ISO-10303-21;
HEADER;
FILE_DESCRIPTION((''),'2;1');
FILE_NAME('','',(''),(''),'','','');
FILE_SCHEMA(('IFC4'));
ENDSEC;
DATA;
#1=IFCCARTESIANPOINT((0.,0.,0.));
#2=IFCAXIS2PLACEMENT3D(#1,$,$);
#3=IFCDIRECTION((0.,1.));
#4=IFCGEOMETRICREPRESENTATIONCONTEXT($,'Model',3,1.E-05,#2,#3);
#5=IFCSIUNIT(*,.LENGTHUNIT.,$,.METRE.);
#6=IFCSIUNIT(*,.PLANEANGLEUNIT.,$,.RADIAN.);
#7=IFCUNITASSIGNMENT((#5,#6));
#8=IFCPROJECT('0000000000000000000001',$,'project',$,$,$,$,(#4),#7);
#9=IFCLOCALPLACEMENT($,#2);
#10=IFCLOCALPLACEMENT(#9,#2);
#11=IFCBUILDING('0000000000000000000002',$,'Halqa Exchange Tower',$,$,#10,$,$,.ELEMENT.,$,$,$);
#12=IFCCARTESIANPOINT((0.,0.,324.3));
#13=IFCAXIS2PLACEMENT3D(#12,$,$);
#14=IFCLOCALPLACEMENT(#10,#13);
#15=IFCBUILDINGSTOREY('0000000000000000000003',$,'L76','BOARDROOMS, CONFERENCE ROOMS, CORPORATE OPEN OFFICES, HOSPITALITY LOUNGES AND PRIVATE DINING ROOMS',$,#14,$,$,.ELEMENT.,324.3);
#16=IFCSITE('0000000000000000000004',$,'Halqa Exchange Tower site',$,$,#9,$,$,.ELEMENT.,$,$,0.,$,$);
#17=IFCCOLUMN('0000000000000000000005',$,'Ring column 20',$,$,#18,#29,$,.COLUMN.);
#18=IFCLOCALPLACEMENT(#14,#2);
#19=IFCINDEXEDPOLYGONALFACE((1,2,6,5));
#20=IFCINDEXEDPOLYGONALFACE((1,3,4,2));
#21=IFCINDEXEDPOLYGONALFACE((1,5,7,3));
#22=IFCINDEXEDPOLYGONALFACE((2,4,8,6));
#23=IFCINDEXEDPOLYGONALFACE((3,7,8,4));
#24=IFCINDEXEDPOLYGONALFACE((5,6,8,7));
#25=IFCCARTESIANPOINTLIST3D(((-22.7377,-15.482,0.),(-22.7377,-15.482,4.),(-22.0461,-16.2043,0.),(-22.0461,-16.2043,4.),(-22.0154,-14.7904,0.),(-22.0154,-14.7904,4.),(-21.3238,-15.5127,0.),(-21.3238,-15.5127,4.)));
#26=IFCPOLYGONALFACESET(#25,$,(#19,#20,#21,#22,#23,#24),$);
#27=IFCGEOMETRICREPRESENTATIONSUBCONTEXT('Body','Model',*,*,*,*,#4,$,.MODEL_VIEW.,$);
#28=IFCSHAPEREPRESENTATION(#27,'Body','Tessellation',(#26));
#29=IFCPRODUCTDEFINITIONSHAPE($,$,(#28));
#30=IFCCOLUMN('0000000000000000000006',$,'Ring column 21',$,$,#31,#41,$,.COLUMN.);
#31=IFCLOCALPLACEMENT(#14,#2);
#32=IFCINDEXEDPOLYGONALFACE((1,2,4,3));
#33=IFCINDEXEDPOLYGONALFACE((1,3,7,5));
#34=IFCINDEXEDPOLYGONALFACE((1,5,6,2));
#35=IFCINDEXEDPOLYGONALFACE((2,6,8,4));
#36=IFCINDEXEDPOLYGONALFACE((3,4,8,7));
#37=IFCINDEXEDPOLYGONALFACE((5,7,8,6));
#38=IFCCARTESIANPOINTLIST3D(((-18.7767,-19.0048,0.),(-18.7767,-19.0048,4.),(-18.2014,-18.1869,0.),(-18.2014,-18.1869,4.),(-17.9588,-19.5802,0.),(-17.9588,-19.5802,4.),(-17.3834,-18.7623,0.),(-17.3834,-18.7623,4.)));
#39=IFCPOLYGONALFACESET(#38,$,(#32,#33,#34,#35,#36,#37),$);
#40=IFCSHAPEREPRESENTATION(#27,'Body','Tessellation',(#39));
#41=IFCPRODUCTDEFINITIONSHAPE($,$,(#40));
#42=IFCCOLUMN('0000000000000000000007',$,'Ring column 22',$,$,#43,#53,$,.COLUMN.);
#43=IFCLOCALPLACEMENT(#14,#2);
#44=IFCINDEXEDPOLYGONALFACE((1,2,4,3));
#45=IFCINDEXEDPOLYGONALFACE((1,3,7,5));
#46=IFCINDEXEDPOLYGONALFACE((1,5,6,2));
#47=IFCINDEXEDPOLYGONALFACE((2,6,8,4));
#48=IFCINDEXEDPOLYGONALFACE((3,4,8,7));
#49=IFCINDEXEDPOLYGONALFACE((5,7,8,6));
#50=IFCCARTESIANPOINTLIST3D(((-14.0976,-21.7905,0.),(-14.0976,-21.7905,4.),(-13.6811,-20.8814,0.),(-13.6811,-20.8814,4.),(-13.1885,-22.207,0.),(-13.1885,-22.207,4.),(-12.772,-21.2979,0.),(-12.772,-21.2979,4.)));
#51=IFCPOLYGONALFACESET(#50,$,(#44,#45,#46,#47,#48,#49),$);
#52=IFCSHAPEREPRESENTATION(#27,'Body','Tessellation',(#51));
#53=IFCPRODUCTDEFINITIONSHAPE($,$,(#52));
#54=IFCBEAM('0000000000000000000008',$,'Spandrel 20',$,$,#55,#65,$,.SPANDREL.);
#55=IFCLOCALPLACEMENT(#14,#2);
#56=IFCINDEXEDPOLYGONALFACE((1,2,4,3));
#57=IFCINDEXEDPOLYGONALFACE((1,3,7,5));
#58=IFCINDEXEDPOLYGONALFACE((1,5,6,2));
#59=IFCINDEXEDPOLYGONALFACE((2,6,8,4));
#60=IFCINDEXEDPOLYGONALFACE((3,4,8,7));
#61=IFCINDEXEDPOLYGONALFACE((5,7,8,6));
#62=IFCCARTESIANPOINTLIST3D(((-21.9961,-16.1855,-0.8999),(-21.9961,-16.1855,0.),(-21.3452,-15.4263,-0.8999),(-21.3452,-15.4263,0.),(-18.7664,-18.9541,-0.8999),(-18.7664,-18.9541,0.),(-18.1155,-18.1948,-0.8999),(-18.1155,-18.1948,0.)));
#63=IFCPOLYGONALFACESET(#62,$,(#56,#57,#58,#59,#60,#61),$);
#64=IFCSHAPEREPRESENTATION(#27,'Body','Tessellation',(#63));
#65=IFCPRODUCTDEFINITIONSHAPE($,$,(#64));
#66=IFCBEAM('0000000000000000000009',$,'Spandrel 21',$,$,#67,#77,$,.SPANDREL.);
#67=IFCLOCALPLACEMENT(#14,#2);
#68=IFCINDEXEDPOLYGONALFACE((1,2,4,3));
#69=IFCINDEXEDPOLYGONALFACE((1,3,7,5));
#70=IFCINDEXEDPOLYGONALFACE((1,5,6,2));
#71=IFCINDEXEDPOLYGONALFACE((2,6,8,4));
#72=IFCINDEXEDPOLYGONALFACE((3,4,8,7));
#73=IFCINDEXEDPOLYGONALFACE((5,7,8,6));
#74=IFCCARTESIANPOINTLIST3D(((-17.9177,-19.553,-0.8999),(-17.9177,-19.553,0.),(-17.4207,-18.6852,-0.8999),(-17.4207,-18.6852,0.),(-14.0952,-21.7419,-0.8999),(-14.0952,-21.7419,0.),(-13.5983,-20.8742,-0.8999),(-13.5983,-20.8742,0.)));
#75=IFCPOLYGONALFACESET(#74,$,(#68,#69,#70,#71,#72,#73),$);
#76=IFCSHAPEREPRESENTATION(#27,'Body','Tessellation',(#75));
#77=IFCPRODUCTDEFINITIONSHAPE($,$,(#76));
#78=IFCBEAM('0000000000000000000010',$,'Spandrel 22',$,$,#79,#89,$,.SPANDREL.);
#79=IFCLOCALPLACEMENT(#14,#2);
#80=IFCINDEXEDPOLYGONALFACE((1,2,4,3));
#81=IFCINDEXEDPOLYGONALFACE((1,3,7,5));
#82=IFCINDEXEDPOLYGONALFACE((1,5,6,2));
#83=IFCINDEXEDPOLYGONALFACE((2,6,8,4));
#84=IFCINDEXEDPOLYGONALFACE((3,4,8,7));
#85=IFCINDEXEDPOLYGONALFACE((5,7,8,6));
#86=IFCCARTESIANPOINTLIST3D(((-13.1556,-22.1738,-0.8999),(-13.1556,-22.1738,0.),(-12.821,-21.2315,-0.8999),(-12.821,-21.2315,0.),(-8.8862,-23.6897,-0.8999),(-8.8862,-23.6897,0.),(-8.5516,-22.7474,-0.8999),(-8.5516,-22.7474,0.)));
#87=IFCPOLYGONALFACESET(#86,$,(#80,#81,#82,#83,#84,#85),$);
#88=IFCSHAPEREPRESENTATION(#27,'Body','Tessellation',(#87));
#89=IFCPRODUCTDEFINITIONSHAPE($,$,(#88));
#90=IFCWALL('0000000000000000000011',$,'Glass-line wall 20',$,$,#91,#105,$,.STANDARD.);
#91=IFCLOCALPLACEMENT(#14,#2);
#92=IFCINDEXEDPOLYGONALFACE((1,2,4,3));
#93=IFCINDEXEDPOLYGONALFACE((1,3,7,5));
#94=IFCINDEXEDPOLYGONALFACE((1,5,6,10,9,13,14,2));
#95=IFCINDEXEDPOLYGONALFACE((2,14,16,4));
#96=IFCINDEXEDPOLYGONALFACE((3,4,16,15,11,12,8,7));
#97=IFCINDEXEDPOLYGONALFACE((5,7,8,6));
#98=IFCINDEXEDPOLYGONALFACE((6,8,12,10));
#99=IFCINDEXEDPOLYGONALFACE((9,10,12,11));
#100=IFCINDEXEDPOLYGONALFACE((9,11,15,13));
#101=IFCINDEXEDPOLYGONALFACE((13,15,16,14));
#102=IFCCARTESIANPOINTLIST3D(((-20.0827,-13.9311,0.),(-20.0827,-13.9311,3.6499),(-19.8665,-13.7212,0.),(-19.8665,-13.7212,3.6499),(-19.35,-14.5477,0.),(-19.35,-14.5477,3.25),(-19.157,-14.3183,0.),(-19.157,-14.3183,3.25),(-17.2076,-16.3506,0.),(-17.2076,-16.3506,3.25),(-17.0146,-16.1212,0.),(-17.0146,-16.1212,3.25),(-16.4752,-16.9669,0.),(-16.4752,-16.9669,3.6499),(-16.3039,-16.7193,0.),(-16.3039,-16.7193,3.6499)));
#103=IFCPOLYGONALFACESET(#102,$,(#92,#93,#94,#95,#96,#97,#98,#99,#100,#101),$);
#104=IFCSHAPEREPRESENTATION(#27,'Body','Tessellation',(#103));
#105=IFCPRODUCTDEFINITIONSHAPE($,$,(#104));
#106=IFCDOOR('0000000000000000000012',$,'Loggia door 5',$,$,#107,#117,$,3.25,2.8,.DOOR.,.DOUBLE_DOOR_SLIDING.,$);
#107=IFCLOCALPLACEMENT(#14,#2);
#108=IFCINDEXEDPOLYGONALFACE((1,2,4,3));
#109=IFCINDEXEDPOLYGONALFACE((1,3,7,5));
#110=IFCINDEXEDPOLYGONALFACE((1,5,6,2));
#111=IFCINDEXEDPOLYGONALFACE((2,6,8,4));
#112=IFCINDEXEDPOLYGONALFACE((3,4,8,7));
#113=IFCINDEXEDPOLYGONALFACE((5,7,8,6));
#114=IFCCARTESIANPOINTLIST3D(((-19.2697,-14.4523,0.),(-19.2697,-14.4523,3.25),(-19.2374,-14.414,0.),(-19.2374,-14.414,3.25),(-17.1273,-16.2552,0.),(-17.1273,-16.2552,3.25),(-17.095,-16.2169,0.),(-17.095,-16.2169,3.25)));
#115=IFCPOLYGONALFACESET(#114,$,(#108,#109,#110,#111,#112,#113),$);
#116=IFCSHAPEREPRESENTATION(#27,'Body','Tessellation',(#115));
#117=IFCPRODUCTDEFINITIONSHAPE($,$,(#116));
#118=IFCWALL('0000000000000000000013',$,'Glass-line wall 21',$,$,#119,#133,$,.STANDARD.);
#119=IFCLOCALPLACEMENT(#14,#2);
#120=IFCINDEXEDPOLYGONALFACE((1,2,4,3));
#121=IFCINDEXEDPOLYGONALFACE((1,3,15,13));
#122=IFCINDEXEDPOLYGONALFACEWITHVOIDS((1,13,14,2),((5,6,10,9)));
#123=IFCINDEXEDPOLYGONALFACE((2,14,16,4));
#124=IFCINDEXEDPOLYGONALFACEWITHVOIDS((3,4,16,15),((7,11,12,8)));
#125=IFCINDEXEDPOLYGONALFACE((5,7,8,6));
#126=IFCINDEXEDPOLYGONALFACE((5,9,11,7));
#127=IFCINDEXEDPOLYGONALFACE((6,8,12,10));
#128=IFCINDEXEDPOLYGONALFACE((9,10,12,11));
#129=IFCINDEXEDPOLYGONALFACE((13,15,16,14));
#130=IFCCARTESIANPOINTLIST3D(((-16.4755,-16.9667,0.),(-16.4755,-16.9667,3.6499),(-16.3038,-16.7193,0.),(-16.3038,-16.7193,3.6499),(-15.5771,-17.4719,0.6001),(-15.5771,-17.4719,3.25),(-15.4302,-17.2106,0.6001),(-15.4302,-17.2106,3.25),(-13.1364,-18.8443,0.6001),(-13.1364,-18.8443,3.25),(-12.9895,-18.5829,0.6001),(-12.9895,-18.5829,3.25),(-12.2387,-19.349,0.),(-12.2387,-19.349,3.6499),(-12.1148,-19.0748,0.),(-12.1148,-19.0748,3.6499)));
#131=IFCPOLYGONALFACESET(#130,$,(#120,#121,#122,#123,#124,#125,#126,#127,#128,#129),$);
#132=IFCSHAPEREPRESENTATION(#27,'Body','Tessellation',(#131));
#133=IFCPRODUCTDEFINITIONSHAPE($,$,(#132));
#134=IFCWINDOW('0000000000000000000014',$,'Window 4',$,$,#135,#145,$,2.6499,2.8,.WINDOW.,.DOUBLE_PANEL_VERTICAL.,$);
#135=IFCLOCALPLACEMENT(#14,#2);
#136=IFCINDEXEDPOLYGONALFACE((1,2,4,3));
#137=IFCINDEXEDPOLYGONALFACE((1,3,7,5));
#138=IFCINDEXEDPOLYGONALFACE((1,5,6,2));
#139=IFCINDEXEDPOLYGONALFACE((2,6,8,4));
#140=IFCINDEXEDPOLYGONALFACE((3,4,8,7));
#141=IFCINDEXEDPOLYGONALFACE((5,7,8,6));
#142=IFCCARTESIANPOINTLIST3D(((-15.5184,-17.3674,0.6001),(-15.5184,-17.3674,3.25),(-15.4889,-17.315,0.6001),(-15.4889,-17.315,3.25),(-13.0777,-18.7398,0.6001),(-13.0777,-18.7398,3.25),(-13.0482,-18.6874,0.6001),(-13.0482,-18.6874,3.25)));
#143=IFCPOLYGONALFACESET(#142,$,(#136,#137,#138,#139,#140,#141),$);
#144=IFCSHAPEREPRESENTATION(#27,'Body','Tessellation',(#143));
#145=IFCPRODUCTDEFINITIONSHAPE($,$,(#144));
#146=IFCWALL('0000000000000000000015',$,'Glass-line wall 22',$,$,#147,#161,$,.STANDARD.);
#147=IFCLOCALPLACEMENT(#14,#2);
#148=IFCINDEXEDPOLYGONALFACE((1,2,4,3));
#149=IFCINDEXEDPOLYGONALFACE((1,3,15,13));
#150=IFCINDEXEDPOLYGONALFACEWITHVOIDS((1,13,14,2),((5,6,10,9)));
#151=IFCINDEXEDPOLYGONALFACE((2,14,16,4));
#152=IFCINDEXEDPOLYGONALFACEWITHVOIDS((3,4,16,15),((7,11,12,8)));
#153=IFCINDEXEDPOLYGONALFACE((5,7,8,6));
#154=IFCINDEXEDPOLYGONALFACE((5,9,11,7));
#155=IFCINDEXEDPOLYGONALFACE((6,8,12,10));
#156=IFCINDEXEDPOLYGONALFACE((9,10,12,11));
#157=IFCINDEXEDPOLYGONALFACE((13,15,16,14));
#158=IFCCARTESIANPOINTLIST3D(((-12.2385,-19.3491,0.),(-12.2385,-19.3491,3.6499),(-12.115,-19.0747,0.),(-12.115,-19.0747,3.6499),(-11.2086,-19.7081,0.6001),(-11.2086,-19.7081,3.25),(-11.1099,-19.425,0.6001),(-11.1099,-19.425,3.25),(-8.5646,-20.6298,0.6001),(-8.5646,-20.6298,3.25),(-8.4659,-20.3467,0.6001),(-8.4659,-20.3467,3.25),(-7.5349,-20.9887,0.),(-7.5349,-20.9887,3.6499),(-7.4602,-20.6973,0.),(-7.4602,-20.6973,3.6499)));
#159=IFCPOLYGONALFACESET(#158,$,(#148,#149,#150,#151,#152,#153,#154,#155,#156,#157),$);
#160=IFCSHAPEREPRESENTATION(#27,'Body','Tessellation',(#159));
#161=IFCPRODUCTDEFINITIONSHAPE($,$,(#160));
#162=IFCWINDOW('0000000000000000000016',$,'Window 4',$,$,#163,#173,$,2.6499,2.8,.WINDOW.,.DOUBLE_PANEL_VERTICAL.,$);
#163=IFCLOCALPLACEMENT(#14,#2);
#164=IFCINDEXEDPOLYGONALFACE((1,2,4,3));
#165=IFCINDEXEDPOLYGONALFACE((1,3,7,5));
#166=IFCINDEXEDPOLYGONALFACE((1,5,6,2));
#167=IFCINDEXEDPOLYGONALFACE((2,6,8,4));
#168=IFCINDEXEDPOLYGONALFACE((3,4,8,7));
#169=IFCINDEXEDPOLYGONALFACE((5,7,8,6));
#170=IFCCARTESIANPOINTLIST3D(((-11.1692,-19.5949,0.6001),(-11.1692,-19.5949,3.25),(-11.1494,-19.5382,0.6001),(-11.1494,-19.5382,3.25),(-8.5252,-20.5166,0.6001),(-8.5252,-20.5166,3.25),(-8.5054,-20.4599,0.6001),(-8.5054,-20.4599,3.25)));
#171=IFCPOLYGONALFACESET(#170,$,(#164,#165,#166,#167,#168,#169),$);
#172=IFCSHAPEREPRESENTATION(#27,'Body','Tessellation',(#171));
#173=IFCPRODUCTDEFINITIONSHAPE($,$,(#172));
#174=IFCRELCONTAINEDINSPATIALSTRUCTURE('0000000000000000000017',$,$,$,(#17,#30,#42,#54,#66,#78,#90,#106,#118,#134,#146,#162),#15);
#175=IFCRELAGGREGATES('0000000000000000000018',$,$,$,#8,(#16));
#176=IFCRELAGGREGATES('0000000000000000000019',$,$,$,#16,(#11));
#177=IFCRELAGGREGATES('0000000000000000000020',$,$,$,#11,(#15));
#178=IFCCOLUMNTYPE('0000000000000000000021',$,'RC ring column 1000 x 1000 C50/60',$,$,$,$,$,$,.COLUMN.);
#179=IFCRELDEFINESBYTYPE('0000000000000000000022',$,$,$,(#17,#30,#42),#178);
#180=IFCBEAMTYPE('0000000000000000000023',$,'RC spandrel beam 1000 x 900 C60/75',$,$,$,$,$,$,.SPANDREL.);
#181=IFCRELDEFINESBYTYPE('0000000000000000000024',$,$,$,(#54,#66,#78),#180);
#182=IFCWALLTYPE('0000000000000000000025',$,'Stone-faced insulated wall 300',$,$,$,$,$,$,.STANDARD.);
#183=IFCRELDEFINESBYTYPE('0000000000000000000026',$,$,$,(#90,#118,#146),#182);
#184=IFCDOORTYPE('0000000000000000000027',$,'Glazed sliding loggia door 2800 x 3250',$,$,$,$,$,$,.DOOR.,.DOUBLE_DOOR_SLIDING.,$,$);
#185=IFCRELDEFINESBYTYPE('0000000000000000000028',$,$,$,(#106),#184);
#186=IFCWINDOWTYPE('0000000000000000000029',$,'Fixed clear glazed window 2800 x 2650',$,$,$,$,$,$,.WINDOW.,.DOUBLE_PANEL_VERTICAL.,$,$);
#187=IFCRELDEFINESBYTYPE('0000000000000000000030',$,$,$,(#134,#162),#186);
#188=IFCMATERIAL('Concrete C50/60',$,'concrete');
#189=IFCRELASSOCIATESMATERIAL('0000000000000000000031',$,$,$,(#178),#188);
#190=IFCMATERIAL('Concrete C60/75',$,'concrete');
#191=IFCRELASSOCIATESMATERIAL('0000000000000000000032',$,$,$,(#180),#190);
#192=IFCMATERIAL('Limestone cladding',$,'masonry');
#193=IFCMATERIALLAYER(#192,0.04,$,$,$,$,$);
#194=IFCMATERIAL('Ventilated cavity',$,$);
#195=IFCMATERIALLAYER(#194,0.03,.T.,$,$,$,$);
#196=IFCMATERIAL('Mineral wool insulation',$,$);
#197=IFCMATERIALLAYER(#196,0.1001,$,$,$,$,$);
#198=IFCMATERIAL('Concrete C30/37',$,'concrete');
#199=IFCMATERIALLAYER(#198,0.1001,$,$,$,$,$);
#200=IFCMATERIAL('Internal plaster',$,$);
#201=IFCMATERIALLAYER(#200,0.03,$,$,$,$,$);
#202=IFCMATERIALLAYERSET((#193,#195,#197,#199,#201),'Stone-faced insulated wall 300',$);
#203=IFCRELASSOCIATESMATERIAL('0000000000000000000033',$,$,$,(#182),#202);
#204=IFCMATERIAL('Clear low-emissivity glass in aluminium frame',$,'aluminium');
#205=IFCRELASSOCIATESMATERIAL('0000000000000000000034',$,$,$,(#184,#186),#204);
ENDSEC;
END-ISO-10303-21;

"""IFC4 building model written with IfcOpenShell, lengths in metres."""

from ifc_helpers import new_model, si_unit, direction, frame, frame_2d, origin, origin_2d, place, context, subcontext, project, spatial, polyline, rectangle, outline, extrude, material, layer, layer_set, material_profile, profile_set, type_object, element, fill, save


model = new_model("IFC4")

# Units and contexts
model_context = context("Model", 3, precision=1e-05, world=origin(), true_north=direction((0.0, 1.0)))
body_context = subcontext(model_context, "Body", "Model", "MODEL_VIEW")
ifc_project = project(units=[si_unit("LENGTHUNIT", "METRE"), si_unit("PLANEANGLEUNIT", "RADIAN")], contexts=[model_context])

# Site, building, storey
site_placement = place(None, origin())
site = spatial("IfcSite", under=ifc_project, at=site_placement, Name="Halqa Exchange Tower site", CompositionType="ELEMENT", RefElevation=0.0)
building_placement = place(site_placement, origin())
building = spatial("IfcBuilding", under=site, at=building_placement, Name="Halqa Exchange Tower", CompositionType="ELEMENT")
storey_placement = place(building_placement, frame((0.0, 0.0, 324.3)))
storey = spatial("IfcBuildingStorey", under=building, at=storey_placement, Name="L76", Description="BOARDROOMS, CONFERENCE ROOMS, CORPORATE OPEN OFFICES, HOSPITALITY LOUNGES AND PRIVATE DINING ROOMS", CompositionType="ELEMENT", Elevation=324.3)

# Columns
ifc_material_1 = material(Name="Concrete C50/60", Category="concrete")
ifc_material_profile_1 = material_profile(ifc_material_1, rectangle(XDim=1.0, YDim=1.0, at=origin_2d()), Name="1000 x 1000")
ifc_profile_set_1 = profile_set([ifc_material_profile_1], Name="Concrete C50/60")
column_type = type_object("IfcColumnType", Name="RC ring column 1000 x 1000 C50/60", PredefinedType="COLUMN", material=ifc_profile_set_1)
for number, where, z_axis, x_axis, name in (
    (1, (-22.0308, -15.4973, 0.0), (0.0, 0.0, 1.0), (0.691579, -0.722301, 0.0), "Ring column 20"),
    (2, (-18.0801, -18.8835, 0.0), (0.0, 0.0, 1.0), (0.817907, -0.575351, 0.0), "Ring column 21"),
    (3, (-13.4348, -21.5442, 0.0), (0.0, 0.0, 1.0), (0.909129, -0.416516, 0.0), "Ring column 22"),
):
    element("IfcColumn", number, at=place(storey_placement, frame(where, z_axis=z_axis, x_axis=x_axis)), inside=storey, type_object=column_type, Name=name, PredefinedType="COLUMN", context=body_context, shape_type="SweptSolid", body=[
        extrude(rectangle(XDim=1.0, YDim=1.0, at=origin_2d()), origin(), (0.0, 0.0, 1.0), 4.0),
    ])

# Beams
ifc_material_2 = material(Name="Concrete C60/75", Category="concrete")
ifc_material_profile_2 = material_profile(ifc_material_2, rectangle(XDim=1.0, YDim=0.8999, at=origin_2d()), Name="1000 x 900")
ifc_profile_set_2 = profile_set([ifc_material_profile_2], Name="Concrete C60/75")
beam_type = type_object("IfcBeamType", Name="RC spandrel beam 1000 x 900 C60/75", PredefinedType="SPANDREL", material=ifc_profile_set_2)
beam_1_placement = place(storey_placement, frame((-21.6707, -15.8059, -0.45), z_axis=(0.759232, -0.65082, 0.0), x_axis=(0.65082, 0.759232, 0.0)))
element("IfcBeam", 4, at=beam_1_placement, inside=storey, type_object=beam_type, Name="Spandrel 20", PredefinedType="SPANDREL", context=body_context, shape_type="SweptSolid", body=[
    extrude(rectangle(XDim=1.0, YDim=0.8999, at=origin_2d()), origin(), (0.0, 0.0, 1.0), 4.2539),
])
beam_2_placement = place(storey_placement, frame((-17.6692, -19.1191, -0.45), z_axis=(0.867786, -0.496939, 0.0), x_axis=(0.496939, 0.867786, 0.0)))
element("IfcBeam", 5, at=beam_2_placement, inside=storey, type_object=beam_type, Name="Spandrel 21", PredefinedType="SPANDREL", context=body_context, shape_type="SweptSolid", body=[
    extrude(rectangle(XDim=1.0, YDim=0.8999, at=origin_2d()), origin(), (0.0, 0.0, 1.0), 4.4048),
])
beam_3_placement = place(storey_placement, frame((-12.9883, -21.7026, -0.45), z_axis=(0.942361, -0.334598, 0.0), x_axis=(0.334598, 0.942361, 0.0)))
element("IfcBeam", 6, at=beam_3_placement, inside=storey, type_object=beam_type, Name="Spandrel 22", PredefinedType="SPANDREL", context=body_context, shape_type="SweptSolid", body=[
    extrude(rectangle(XDim=1.0, YDim=0.8999, at=origin_2d()), origin(), (0.0, 0.0, 1.0), 4.5305),
])

# Wall, opening, door
ifc_material_3 = material(Name="Limestone cladding", Category="masonry")
ifc_layer_1 = layer(ifc_material_3, 0.04)
ifc_material_4 = material(Name="Ventilated cavity")
ifc_layer_2 = layer(ifc_material_4, 0.03, ventilated=True)
ifc_material_5 = material(Name="Mineral wool insulation")
ifc_layer_3 = layer(ifc_material_5, 0.1001)
ifc_material_6 = material(Name="Concrete C30/37", Category="concrete")
ifc_layer_4 = layer(ifc_material_6, 0.1001)
ifc_material_7 = material(Name="Internal plaster")
ifc_layer_5 = layer(ifc_material_7, 0.03)
ifc_layer_set_1 = layer_set([ifc_layer_1, ifc_layer_2, ifc_layer_3, ifc_layer_4, ifc_layer_5], Name="Stone-faced insulated wall 300")
wall_type_1 = type_object("IfcWallType", Name="Stone-faced insulated wall 300", PredefinedType="STANDARD", material=ifc_layer_set_1)
wall_1_placement = place(storey_placement, frame((-19.9746, -13.8262, 0.0), z_axis=(0.0, 0.0, 1.0), x_axis=(0.765129, -0.643877, 0.0)))
wall_1 = element("IfcWall", 7, at=wall_1_placement, inside=storey, type_object=wall_type_1, Name="Glass-line wall 20", PredefinedType="STANDARD", context=body_context, shape_type="SweptSolid", body=[
    extrude(outline(polyline([(-0.0151, -0.1499), (4.6997, -0.1499), (4.6714, 0.1499), (0.0151, 0.1499), (-0.0151, -0.1499)])), origin(), (0.0, 0.0, 1.0), 3.6499),
])
opening_1_placement = place(wall_1_placement, frame((0.9426, 0.0, 0.0)))
opening_1 = element("IfcOpeningElement", 8, at=opening_1_placement, cuts=wall_1, PredefinedType="OPENING", context=body_context, shape_type="SweptSolid", body=[
    extrude(rectangle(XDim=2.8, YDim=3.25, at=frame_2d((1.3999, 1.625))), frame((0.0, 0.1621, 0.0), z_axis=(0.0, -1.0, 0.0), x_axis=(1.0, 0.0, 0.0)), (0.0, 0.0, 1.0), 0.324),
])
ifc_material_8 = material(Name="Clear low-emissivity glass in aluminium frame", Category="aluminium")
door_type_1 = type_object("IfcDoorType", Name="Glazed sliding loggia door 2800 x 3250", OperationType="DOUBLE_DOOR_SLIDING", PredefinedType="DOOR", material=ifc_material_8)
door_1_placement = place(opening_1_placement, origin())
door_1 = element("IfcDoor", 9, at=door_1_placement, inside=storey, type_object=door_type_1, Name="Loggia door 5", OperationType="DOUBLE_DOOR_SLIDING", OverallHeight=3.25, OverallWidth=2.8, PredefinedType="DOOR", context=body_context, shape_type="SweptSolid", body=[
    extrude(rectangle(XDim=2.8, YDim=3.25, at=frame_2d((1.3999, 1.625))), frame((0.0, 0.0249, 0.0), z_axis=(0.0, -1.0, 0.0), x_axis=(1.0, 0.0, 0.0)), (0.0, 0.0, 1.0), 0.05),
])
fill(opening_1, door_1)

# Walls, openings, windows
wall_2_placement = place(storey_placement, frame((-16.3896, -16.843, 0.0), z_axis=(0.0, 0.0, 1.0), x_axis=(0.871651, -0.490127, 0.0)))
wall_2 = element("IfcWall", 10, at=wall_2_placement, inside=storey, type_object=wall_type_1, Name="Glass-line wall 21", PredefinedType="STANDARD", context=body_context, shape_type="SweptSolid", body=[
    extrude(outline(polyline([(-0.0142, -0.1499), (4.8464, -0.1499), (4.8201, 0.1499), (0.0142, 0.1499), (-0.0142, -0.1499)])), origin(), (0.0, 0.0, 1.0), 3.6499),
])
opening_2_placement = place(wall_2_placement, frame((1.0166, 0.0, 0.6001)))
opening_2 = element("IfcOpeningElement", 11, at=opening_2_placement, cuts=wall_2, PredefinedType="OPENING", context=body_context, shape_type="SweptSolid", body=[
    extrude(rectangle(XDim=2.8, YDim=2.6499, at=frame_2d((1.3999, 1.325))), frame((0.0, 0.1621, 0.0), z_axis=(0.0, -1.0, 0.0), x_axis=(1.0, 0.0, 0.0)), (0.0, 0.0, 1.0), 0.324),
])
window_type = type_object("IfcWindowType", Name="Fixed clear glazed window 2800 x 2650", PartitioningType="DOUBLE_PANEL_VERTICAL", PredefinedType="WINDOW", material=ifc_material_8)
window_1_placement = place(opening_2_placement, origin())
window_1 = element("IfcWindow", 12, at=window_1_placement, inside=storey, type_object=window_type, Name="Window 4", OverallHeight=2.6499, OverallWidth=2.8, PartitioningType="DOUBLE_PANEL_VERTICAL", PredefinedType="WINDOW", context=body_context, shape_type="SweptSolid", body=[
    extrude(rectangle(XDim=2.8, YDim=2.6499, at=frame_2d((1.3999, 1.325))), frame((0.0, 0.03, 0.0), z_axis=(0.0, -1.0, 0.0), x_axis=(1.0, 0.0, 0.0)), (0.0, 0.0, 1.0), 0.0601),
])
fill(opening_2, window_1)
wall_3_placement = place(storey_placement, frame((-12.1768, -19.2119, 0.0), z_axis=(0.0, 0.0, 1.0), x_axis=(0.944274, -0.329161, 0.0)))
wall_3 = element("IfcWall", 13, at=wall_3_placement, inside=storey, type_object=wall_type_1, Name="Glass-line wall 22", PredefinedType="STANDARD", context=body_context, shape_type="SweptSolid", body=[
    extrude(outline(polyline([(-0.0132, -0.1499), (4.968, -0.1499), (4.9426, 0.1499), (0.0132, 0.1499), (-0.0132, -0.1499)])), origin(), (0.0, 0.0, 1.0), 3.6499),
])
opening_3_placement = place(wall_3_placement, frame((1.0776, 0.0, 0.6001)))
opening_3 = element("IfcOpeningElement", 14, at=opening_3_placement, cuts=wall_3, PredefinedType="OPENING", context=body_context, shape_type="SweptSolid", body=[
    extrude(rectangle(XDim=2.8, YDim=2.6499, at=frame_2d((1.3999, 1.325))), frame((0.0, 0.1621, 0.0), z_axis=(0.0, -1.0, 0.0), x_axis=(1.0, 0.0, 0.0)), (0.0, 0.0, 1.0), 0.324),
])
window_2_placement = place(opening_3_placement, origin())
window_2 = element("IfcWindow", 15, at=window_2_placement, inside=storey, type_object=window_type, Name="Window 4", OverallHeight=2.6499, OverallWidth=2.8, PartitioningType="DOUBLE_PANEL_VERTICAL", PredefinedType="WINDOW", context=body_context, shape_type="SweptSolid", body=[
    extrude(rectangle(XDim=2.8, YDim=2.6499, at=frame_2d((1.3999, 1.325))), frame((0.0, 0.03, 0.0), z_axis=(0.0, -1.0, 0.0), x_axis=(1.0, 0.0, 0.0)), (0.0, 0.0, 1.0), 0.0601),
])
fill(opening_3, window_2)

save(model, "model.ifc")
